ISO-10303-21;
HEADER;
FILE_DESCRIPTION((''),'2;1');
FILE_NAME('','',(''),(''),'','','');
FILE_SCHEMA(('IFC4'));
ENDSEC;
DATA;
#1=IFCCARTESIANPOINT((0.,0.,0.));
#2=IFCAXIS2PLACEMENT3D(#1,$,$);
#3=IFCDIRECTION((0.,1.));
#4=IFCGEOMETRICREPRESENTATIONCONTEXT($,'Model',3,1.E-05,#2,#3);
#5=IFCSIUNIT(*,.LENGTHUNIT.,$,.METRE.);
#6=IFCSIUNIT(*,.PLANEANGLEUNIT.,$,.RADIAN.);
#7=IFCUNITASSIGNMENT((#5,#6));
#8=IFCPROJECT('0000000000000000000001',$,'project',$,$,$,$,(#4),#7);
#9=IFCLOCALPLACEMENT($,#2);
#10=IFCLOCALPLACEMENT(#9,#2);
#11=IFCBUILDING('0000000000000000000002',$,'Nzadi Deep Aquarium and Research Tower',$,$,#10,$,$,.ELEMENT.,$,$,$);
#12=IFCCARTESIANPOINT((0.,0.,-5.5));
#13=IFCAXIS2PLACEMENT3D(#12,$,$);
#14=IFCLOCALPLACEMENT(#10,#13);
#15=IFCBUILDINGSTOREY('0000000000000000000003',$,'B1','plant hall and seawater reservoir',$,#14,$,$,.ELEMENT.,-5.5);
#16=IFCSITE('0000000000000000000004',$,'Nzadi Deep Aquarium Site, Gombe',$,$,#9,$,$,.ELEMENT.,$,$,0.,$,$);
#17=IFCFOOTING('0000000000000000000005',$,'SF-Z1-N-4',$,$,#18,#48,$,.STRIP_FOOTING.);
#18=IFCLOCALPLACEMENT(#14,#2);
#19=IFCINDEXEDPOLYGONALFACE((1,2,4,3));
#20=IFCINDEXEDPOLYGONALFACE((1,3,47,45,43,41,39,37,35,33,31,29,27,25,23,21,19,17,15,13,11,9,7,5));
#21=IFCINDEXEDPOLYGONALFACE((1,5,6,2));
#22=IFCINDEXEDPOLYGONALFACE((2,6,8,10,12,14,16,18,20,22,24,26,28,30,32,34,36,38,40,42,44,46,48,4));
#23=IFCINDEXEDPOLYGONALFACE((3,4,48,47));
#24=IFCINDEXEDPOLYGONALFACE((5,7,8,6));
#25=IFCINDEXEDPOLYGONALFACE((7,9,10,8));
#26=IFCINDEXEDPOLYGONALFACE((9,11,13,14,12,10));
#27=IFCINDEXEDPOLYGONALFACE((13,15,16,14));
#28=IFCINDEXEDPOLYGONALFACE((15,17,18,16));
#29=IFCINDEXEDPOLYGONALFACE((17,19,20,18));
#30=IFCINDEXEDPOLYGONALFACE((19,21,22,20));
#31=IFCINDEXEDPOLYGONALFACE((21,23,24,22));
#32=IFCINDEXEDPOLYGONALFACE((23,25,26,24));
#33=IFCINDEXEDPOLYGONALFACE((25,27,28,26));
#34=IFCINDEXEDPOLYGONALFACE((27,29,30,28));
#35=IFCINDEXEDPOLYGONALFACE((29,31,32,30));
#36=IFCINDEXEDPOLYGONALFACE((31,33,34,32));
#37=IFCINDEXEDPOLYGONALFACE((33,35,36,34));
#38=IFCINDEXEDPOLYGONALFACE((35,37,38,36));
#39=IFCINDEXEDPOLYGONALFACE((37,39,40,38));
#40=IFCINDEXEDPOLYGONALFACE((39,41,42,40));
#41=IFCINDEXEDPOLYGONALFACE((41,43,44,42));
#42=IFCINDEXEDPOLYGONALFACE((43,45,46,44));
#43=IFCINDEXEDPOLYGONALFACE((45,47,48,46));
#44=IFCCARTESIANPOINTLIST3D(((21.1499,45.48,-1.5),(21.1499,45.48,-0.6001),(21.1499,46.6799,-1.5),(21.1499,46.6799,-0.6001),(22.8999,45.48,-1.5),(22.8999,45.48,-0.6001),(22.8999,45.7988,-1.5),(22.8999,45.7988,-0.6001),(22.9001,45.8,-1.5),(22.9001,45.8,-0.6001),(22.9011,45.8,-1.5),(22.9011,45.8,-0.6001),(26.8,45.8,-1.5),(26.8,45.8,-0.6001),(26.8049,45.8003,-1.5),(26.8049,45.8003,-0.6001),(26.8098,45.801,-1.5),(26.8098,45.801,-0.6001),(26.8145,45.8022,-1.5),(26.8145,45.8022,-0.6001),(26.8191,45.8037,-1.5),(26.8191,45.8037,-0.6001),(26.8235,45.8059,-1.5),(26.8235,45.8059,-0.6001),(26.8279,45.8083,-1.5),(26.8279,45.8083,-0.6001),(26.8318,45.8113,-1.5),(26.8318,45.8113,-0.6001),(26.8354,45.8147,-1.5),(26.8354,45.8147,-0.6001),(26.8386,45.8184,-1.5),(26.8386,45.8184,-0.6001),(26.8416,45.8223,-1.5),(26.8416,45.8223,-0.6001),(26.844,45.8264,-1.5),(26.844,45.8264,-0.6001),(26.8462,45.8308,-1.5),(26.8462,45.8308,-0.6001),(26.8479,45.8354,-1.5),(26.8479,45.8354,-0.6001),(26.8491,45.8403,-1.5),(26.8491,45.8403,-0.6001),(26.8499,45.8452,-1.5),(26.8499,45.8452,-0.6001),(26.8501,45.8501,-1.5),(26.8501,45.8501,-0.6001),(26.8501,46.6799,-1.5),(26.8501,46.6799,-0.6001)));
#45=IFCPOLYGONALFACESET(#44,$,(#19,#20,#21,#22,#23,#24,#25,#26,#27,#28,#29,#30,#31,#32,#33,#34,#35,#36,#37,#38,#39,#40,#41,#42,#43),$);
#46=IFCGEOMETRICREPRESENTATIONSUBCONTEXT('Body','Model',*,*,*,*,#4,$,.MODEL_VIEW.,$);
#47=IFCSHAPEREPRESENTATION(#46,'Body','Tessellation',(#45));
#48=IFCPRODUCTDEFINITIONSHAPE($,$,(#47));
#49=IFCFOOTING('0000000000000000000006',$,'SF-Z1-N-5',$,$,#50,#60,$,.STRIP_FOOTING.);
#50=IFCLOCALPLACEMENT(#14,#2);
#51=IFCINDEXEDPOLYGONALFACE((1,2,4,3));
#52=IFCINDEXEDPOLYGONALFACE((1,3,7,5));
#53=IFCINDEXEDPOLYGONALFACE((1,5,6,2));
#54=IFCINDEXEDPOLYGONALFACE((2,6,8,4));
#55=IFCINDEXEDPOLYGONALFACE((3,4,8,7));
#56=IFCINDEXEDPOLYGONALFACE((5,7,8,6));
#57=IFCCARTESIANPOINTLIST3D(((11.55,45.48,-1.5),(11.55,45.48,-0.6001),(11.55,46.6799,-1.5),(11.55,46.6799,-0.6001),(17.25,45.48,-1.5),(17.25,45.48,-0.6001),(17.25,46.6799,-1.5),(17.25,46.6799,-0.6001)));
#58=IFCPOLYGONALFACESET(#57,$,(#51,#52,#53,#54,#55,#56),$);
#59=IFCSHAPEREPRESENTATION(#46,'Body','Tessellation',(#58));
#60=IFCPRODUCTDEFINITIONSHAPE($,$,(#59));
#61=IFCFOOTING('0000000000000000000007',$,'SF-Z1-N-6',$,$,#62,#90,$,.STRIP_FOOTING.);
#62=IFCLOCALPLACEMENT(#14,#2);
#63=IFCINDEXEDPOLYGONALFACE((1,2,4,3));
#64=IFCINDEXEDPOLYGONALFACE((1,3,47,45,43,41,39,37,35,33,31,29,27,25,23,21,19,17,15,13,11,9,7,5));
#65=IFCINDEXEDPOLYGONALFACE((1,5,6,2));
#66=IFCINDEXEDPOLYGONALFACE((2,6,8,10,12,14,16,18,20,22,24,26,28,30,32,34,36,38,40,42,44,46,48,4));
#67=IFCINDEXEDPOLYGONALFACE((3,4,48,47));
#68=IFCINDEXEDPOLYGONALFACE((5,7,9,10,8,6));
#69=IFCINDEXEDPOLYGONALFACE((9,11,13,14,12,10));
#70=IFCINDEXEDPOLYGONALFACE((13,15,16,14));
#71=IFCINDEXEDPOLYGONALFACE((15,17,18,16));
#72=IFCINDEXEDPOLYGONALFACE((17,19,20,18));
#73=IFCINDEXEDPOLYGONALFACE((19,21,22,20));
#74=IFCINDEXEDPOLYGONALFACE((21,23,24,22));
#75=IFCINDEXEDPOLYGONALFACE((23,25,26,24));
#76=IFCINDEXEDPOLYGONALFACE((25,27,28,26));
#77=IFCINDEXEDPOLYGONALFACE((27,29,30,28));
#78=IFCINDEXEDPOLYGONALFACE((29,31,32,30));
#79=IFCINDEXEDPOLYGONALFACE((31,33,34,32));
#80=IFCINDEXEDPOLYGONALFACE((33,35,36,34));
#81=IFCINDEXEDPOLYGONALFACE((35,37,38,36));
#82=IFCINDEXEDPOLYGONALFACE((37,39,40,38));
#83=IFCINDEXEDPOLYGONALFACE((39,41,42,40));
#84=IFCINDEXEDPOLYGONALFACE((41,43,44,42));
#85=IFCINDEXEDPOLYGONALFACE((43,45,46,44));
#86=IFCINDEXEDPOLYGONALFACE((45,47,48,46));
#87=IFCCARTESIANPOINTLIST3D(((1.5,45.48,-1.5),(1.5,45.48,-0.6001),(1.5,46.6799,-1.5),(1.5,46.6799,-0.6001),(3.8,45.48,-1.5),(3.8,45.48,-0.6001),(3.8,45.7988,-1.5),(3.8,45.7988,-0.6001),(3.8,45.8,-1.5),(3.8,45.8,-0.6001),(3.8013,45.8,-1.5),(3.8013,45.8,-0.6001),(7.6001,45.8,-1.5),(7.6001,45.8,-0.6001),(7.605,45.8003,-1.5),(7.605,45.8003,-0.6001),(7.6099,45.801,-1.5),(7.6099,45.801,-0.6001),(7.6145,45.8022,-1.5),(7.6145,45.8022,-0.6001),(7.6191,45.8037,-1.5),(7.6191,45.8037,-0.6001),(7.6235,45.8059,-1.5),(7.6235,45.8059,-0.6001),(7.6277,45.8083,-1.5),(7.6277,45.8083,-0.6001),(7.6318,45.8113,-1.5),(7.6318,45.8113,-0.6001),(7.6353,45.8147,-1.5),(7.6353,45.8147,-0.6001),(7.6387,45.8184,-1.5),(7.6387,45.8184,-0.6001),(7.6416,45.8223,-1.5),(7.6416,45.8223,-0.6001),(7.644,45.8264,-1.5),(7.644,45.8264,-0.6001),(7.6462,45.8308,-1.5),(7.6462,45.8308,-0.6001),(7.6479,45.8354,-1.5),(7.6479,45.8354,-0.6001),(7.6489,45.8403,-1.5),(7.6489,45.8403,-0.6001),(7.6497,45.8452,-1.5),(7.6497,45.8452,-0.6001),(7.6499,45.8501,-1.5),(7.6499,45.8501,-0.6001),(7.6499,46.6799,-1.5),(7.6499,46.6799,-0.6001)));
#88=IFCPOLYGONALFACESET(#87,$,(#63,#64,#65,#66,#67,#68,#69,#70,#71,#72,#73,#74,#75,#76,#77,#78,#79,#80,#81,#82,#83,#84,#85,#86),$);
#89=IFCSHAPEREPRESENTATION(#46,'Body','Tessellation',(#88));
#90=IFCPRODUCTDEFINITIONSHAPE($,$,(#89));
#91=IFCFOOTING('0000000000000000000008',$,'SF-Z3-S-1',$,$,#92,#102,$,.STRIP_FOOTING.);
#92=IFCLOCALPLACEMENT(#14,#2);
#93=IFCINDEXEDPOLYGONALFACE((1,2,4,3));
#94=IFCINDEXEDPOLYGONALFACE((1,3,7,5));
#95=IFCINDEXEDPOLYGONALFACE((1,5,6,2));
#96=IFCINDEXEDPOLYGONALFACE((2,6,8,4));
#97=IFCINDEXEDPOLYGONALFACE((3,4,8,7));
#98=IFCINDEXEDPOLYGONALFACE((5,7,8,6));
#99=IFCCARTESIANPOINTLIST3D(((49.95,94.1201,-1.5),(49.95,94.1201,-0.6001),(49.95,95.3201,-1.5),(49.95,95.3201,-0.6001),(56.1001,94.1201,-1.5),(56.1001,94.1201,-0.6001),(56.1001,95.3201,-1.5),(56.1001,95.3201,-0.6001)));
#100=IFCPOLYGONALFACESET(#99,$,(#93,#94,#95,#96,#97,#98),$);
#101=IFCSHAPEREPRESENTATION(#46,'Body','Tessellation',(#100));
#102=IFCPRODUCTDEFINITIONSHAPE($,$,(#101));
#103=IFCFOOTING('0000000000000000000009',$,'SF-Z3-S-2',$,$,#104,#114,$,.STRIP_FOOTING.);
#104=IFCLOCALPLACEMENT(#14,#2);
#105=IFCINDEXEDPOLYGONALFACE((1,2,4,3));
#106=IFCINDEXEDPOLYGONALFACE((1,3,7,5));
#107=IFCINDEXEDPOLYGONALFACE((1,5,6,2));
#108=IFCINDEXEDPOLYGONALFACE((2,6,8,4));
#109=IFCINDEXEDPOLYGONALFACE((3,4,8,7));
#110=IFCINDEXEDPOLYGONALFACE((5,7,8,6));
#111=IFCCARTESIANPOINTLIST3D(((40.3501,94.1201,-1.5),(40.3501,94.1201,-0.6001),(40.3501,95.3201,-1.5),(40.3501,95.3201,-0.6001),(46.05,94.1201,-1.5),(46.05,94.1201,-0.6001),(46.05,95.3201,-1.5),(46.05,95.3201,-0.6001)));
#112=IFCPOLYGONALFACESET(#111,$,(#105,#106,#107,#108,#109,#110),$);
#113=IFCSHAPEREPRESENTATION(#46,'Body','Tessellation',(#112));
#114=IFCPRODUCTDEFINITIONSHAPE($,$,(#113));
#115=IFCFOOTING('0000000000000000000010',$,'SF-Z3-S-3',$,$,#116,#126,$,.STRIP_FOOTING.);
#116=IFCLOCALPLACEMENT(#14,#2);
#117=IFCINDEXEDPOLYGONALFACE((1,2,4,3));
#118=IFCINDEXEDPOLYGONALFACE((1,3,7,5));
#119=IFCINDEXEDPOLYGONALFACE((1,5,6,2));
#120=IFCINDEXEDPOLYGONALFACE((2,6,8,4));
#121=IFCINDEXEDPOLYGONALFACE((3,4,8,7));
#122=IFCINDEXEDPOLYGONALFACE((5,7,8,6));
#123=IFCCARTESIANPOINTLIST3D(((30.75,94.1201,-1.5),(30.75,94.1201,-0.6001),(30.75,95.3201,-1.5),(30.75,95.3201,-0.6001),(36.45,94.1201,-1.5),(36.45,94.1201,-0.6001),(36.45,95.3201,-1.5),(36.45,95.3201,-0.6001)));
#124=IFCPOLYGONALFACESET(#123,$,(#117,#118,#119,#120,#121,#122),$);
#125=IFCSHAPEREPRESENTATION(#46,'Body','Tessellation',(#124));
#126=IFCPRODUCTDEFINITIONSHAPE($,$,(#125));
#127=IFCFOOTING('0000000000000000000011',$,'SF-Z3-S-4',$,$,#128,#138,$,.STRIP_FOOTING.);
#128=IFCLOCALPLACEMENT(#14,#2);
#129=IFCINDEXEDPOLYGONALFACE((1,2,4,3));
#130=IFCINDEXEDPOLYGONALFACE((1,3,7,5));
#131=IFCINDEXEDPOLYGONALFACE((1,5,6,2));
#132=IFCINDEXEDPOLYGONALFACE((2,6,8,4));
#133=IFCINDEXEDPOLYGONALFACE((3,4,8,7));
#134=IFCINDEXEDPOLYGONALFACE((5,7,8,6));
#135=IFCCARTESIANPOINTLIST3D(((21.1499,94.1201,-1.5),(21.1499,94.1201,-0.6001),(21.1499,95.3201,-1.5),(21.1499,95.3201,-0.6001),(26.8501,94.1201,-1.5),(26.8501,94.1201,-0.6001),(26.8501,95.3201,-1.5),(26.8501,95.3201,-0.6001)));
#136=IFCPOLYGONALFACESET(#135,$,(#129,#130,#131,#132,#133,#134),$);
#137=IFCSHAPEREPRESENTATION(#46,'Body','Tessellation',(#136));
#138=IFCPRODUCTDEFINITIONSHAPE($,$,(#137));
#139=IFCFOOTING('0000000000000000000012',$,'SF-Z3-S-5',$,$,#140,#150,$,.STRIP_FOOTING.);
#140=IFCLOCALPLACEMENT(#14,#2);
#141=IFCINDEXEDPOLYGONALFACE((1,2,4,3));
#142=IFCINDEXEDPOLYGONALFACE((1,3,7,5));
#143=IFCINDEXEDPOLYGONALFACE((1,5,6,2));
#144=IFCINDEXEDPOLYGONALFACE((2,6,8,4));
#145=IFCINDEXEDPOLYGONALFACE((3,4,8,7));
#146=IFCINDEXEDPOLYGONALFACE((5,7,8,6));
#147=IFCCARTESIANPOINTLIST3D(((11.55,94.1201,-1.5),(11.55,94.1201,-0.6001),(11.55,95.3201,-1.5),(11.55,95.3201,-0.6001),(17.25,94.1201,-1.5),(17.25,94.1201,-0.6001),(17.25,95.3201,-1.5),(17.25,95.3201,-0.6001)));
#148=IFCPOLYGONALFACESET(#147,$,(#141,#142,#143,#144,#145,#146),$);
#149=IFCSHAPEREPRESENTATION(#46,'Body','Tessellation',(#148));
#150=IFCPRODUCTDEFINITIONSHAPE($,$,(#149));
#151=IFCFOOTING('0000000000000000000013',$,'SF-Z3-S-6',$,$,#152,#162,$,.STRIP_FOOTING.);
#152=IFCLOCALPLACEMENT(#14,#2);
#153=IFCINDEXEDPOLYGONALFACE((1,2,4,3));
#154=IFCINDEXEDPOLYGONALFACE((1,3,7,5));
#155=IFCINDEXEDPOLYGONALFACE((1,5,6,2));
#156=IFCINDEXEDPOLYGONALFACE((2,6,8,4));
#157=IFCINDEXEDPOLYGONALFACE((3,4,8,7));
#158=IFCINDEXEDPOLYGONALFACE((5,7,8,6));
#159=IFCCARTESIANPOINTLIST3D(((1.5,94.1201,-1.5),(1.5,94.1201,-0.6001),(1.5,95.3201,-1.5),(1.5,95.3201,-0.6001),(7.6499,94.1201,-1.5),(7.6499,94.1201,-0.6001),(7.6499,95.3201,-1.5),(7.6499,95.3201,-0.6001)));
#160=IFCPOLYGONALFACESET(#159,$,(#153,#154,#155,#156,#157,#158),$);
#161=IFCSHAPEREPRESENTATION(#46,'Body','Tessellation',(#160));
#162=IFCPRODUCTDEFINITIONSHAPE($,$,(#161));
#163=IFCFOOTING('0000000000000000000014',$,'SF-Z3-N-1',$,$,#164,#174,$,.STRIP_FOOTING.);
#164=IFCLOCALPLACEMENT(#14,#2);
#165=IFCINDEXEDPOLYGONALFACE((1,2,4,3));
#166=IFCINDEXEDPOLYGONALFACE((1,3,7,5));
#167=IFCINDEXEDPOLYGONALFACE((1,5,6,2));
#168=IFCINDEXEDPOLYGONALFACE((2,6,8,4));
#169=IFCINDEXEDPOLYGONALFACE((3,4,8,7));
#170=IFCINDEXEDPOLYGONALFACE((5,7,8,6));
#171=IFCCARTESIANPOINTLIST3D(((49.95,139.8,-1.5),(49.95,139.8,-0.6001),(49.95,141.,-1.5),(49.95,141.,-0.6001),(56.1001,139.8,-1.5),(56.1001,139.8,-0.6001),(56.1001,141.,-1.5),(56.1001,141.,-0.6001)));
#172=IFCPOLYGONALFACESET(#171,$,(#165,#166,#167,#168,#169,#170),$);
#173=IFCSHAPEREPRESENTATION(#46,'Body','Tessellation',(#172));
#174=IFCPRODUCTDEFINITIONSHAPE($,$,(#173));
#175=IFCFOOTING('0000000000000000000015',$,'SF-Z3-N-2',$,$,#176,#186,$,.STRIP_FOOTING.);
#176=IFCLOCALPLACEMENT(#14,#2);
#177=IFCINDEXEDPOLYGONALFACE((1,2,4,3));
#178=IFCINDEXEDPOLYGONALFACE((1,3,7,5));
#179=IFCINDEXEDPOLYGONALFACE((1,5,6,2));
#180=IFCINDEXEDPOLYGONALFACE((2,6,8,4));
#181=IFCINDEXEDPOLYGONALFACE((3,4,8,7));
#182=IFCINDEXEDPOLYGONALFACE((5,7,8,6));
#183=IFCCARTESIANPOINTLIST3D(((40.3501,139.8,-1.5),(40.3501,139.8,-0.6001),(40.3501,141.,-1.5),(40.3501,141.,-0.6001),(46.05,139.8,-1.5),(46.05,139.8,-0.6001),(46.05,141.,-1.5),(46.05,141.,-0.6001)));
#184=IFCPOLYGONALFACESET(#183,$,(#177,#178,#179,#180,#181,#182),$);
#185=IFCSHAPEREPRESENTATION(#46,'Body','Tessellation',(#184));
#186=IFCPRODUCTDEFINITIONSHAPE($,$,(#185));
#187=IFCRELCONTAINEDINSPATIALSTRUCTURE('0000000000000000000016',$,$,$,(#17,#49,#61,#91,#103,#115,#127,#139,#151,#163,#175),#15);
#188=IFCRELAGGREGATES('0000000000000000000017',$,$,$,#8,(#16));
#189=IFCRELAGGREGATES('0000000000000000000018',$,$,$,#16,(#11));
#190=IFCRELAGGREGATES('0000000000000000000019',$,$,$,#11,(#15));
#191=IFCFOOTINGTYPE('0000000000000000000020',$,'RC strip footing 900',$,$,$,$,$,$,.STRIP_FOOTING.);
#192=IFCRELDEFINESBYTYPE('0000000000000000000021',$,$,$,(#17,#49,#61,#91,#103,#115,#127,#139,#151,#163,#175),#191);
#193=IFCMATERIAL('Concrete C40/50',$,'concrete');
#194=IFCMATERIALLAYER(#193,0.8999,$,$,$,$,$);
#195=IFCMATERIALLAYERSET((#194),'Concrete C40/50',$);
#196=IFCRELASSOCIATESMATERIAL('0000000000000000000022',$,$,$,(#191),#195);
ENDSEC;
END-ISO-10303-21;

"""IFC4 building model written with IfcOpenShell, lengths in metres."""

from ifc_helpers import new_model, si_unit, direction, frame, origin, place, context, subcontext, project, spatial, polyline, outline, extrude, material, layer, layer_set, type_object, element, save


model = new_model("IFC4")

# Units and contexts
model_context = context("Model", 3, precision=1e-05, world=origin(), true_north=direction((0.0, 1.0)))
body_context = subcontext(model_context, "Body", "Model", "MODEL_VIEW")
ifc_project = project(units=[si_unit("LENGTHUNIT", "METRE"), si_unit("PLANEANGLEUNIT", "RADIAN")], contexts=[model_context])

# Site, building, storey
site_placement = place(None, origin())
site = spatial("IfcSite", under=ifc_project, at=site_placement, Name="Nzadi Deep Aquarium Site, Gombe", CompositionType="ELEMENT", RefElevation=0.0)
building_placement = place(site_placement, origin())
building = spatial("IfcBuilding", under=site, at=building_placement, Name="Nzadi Deep Aquarium and Research Tower", CompositionType="ELEMENT")
storey_placement = place(building_placement, frame((0.0, 0.0, -5.5)))
storey = spatial("IfcBuildingStorey", under=building, at=storey_placement, Name="B1", Description="plant hall and seawater reservoir", CompositionType="ELEMENT", Elevation=-5.5)

# Footings
ifc_material_1 = material(Name="Concrete C40/50", Category="concrete")
ifc_layer_1 = layer(ifc_material_1, 0.8999)
ifc_layer_set_1 = layer_set([ifc_layer_1], Name="Concrete C40/50")
footing_type_1 = type_object("IfcFootingType", Name="RC strip footing 900", PredefinedType="STRIP_FOOTING", material=ifc_layer_set_1)
footing_1_placement = place(storey_placement, frame((0.0, 0.0, -1.5)))
element("IfcFooting", 1, at=footing_1_placement, inside=storey, type_object=footing_type_1, Name="SF-Z1-N-4", PredefinedType="STRIP_FOOTING", context=body_context, shape_type="SweptSolid", body=[
    extrude(outline(polyline([(26.8501, 46.6799), (21.1499, 46.6799), (21.1499, 45.48), (22.8999, 45.48), (22.8999, 45.7988), (22.9001, 45.8), (22.9011, 45.8), (26.8, 45.8), (26.8049, 45.8003), (26.8098, 45.801), (26.8145, 45.8022), (26.8191, 45.8037), (26.8235, 45.8059), (26.8279, 45.8083), (26.8318, 45.8113), (26.8354, 45.8147), (26.8386, 45.8184), (26.8416, 45.8223), (26.844, 45.8264), (26.8462, 45.8308), (26.8479, 45.8354), (26.8491, 45.8403), (26.8499, 45.8452), (26.8501, 45.8501), (26.8501, 46.6799)])), origin(), (0.0, 0.0, 1.0), 0.8999),
])
footing_2_placement = place(storey_placement, frame((0.0, 0.0, -1.5)))
element("IfcFooting", 2, at=footing_2_placement, inside=storey, type_object=footing_type_1, Name="SF-Z1-N-5", PredefinedType="STRIP_FOOTING", context=body_context, shape_type="SweptSolid", body=[
    extrude(outline(polyline([(17.25, 46.6799), (11.55, 46.6799), (11.55, 45.48), (17.25, 45.48), (17.25, 46.6799)])), origin(), (0.0, 0.0, 1.0), 0.8999),
])
footing_3_placement = place(storey_placement, frame((0.0, 0.0, -1.5)))
element("IfcFooting", 3, at=footing_3_placement, inside=storey, type_object=footing_type_1, Name="SF-Z1-N-6", PredefinedType="STRIP_FOOTING", context=body_context, shape_type="SweptSolid", body=[
    extrude(outline(polyline([(1.5, 45.48), (3.8, 45.48), (3.8, 45.7988), (3.8, 45.8), (3.8013, 45.8), (7.6001, 45.8), (7.605, 45.8003), (7.6099, 45.801), (7.6145, 45.8022), (7.6191, 45.8037), (7.6235, 45.8059), (7.6277, 45.8083), (7.6318, 45.8113), (7.6353, 45.8147), (7.6387, 45.8184), (7.6416, 45.8223), (7.644, 45.8264), (7.6462, 45.8308), (7.6479, 45.8354), (7.6489, 45.8403), (7.6497, 45.8452), (7.6499, 45.8501), (7.6499, 46.6799), (1.5, 46.6799), (1.5, 45.48)])), origin(), (0.0, 0.0, 1.0), 0.8999),
])
footing_4_placement = place(storey_placement, frame((0.0, 0.0, -1.5)))
element("IfcFooting", 4, at=footing_4_placement, inside=storey, type_object=footing_type_1, Name="SF-Z3-S-1", PredefinedType="STRIP_FOOTING", context=body_context, shape_type="SweptSolid", body=[
    extrude(outline(polyline([(56.1001, 95.3201), (49.95, 95.3201), (49.95, 94.1201), (56.1001, 94.1201), (56.1001, 95.3201)])), origin(), (0.0, 0.0, 1.0), 0.8999),
])
footing_5_placement = place(storey_placement, frame((0.0, 0.0, -1.5)))
element("IfcFooting", 5, at=footing_5_placement, inside=storey, type_object=footing_type_1, Name="SF-Z3-S-2", PredefinedType="STRIP_FOOTING", context=body_context, shape_type="SweptSolid", body=[
    extrude(outline(polyline([(46.05, 95.3201), (40.3501, 95.3201), (40.3501, 94.1201), (46.05, 94.1201), (46.05, 95.3201)])), origin(), (0.0, 0.0, 1.0), 0.8999),
])
footing_6_placement = place(storey_placement, frame((0.0, 0.0, -1.5)))
element("IfcFooting", 6, at=footing_6_placement, inside=storey, type_object=footing_type_1, Name="SF-Z3-S-3", PredefinedType="STRIP_FOOTING", context=body_context, shape_type="SweptSolid", body=[
    extrude(outline(polyline([(36.45, 95.3201), (30.75, 95.3201), (30.75, 94.1201), (36.45, 94.1201), (36.45, 95.3201)])), origin(), (0.0, 0.0, 1.0), 0.8999),
])
footing_7_placement = place(storey_placement, frame((0.0, 0.0, -1.5)))
element("IfcFooting", 7, at=footing_7_placement, inside=storey, type_object=footing_type_1, Name="SF-Z3-S-4", PredefinedType="STRIP_FOOTING", context=body_context, shape_type="SweptSolid", body=[
    extrude(outline(polyline([(26.8501, 95.3201), (21.1499, 95.3201), (21.1499, 94.1201), (26.8501, 94.1201), (26.8501, 95.3201)])), origin(), (0.0, 0.0, 1.0), 0.8999),
])
footing_8_placement = place(storey_placement, frame((0.0, 0.0, -1.5)))
element("IfcFooting", 8, at=footing_8_placement, inside=storey, type_object=footing_type_1, Name="SF-Z3-S-5", PredefinedType="STRIP_FOOTING", context=body_context, shape_type="SweptSolid", body=[
    extrude(outline(polyline([(17.25, 95.3201), (11.55, 95.3201), (11.55, 94.1201), (17.25, 94.1201), (17.25, 95.3201)])), origin(), (0.0, 0.0, 1.0), 0.8999),
])
footing_9_placement = place(storey_placement, frame((0.0, 0.0, -1.5)))
element("IfcFooting", 9, at=footing_9_placement, inside=storey, type_object=footing_type_1, Name="SF-Z3-S-6", PredefinedType="STRIP_FOOTING", context=body_context, shape_type="SweptSolid", body=[
    extrude(outline(polyline([(1.5, 94.1201), (7.6499, 94.1201), (7.6499, 95.3201), (1.5, 95.3201), (1.5, 94.1201)])), origin(), (0.0, 0.0, 1.0), 0.8999),
])
footing_10_placement = place(storey_placement, frame((0.0, 0.0, -1.5)))
element("IfcFooting", 10, at=footing_10_placement, inside=storey, type_object=footing_type_1, Name="SF-Z3-N-1", PredefinedType="STRIP_FOOTING", context=body_context, shape_type="SweptSolid", body=[
    extrude(outline(polyline([(56.1001, 141.0), (49.95, 141.0), (49.95, 139.8), (56.1001, 139.8), (56.1001, 141.0)])), origin(), (0.0, 0.0, 1.0), 0.8999),
])
footing_11_placement = place(storey_placement, frame((0.0, 0.0, -1.5)))
element("IfcFooting", 11, at=footing_11_placement, inside=storey, type_object=footing_type_1, Name="SF-Z3-N-2", PredefinedType="STRIP_FOOTING", context=body_context, shape_type="SweptSolid", body=[
    extrude(outline(polyline([(46.05, 141.0), (40.3501, 141.0), (40.3501, 139.8), (46.05, 139.8), (46.05, 141.0)])), origin(), (0.0, 0.0, 1.0), 0.8999),
])

save(model, "model.ifc")
